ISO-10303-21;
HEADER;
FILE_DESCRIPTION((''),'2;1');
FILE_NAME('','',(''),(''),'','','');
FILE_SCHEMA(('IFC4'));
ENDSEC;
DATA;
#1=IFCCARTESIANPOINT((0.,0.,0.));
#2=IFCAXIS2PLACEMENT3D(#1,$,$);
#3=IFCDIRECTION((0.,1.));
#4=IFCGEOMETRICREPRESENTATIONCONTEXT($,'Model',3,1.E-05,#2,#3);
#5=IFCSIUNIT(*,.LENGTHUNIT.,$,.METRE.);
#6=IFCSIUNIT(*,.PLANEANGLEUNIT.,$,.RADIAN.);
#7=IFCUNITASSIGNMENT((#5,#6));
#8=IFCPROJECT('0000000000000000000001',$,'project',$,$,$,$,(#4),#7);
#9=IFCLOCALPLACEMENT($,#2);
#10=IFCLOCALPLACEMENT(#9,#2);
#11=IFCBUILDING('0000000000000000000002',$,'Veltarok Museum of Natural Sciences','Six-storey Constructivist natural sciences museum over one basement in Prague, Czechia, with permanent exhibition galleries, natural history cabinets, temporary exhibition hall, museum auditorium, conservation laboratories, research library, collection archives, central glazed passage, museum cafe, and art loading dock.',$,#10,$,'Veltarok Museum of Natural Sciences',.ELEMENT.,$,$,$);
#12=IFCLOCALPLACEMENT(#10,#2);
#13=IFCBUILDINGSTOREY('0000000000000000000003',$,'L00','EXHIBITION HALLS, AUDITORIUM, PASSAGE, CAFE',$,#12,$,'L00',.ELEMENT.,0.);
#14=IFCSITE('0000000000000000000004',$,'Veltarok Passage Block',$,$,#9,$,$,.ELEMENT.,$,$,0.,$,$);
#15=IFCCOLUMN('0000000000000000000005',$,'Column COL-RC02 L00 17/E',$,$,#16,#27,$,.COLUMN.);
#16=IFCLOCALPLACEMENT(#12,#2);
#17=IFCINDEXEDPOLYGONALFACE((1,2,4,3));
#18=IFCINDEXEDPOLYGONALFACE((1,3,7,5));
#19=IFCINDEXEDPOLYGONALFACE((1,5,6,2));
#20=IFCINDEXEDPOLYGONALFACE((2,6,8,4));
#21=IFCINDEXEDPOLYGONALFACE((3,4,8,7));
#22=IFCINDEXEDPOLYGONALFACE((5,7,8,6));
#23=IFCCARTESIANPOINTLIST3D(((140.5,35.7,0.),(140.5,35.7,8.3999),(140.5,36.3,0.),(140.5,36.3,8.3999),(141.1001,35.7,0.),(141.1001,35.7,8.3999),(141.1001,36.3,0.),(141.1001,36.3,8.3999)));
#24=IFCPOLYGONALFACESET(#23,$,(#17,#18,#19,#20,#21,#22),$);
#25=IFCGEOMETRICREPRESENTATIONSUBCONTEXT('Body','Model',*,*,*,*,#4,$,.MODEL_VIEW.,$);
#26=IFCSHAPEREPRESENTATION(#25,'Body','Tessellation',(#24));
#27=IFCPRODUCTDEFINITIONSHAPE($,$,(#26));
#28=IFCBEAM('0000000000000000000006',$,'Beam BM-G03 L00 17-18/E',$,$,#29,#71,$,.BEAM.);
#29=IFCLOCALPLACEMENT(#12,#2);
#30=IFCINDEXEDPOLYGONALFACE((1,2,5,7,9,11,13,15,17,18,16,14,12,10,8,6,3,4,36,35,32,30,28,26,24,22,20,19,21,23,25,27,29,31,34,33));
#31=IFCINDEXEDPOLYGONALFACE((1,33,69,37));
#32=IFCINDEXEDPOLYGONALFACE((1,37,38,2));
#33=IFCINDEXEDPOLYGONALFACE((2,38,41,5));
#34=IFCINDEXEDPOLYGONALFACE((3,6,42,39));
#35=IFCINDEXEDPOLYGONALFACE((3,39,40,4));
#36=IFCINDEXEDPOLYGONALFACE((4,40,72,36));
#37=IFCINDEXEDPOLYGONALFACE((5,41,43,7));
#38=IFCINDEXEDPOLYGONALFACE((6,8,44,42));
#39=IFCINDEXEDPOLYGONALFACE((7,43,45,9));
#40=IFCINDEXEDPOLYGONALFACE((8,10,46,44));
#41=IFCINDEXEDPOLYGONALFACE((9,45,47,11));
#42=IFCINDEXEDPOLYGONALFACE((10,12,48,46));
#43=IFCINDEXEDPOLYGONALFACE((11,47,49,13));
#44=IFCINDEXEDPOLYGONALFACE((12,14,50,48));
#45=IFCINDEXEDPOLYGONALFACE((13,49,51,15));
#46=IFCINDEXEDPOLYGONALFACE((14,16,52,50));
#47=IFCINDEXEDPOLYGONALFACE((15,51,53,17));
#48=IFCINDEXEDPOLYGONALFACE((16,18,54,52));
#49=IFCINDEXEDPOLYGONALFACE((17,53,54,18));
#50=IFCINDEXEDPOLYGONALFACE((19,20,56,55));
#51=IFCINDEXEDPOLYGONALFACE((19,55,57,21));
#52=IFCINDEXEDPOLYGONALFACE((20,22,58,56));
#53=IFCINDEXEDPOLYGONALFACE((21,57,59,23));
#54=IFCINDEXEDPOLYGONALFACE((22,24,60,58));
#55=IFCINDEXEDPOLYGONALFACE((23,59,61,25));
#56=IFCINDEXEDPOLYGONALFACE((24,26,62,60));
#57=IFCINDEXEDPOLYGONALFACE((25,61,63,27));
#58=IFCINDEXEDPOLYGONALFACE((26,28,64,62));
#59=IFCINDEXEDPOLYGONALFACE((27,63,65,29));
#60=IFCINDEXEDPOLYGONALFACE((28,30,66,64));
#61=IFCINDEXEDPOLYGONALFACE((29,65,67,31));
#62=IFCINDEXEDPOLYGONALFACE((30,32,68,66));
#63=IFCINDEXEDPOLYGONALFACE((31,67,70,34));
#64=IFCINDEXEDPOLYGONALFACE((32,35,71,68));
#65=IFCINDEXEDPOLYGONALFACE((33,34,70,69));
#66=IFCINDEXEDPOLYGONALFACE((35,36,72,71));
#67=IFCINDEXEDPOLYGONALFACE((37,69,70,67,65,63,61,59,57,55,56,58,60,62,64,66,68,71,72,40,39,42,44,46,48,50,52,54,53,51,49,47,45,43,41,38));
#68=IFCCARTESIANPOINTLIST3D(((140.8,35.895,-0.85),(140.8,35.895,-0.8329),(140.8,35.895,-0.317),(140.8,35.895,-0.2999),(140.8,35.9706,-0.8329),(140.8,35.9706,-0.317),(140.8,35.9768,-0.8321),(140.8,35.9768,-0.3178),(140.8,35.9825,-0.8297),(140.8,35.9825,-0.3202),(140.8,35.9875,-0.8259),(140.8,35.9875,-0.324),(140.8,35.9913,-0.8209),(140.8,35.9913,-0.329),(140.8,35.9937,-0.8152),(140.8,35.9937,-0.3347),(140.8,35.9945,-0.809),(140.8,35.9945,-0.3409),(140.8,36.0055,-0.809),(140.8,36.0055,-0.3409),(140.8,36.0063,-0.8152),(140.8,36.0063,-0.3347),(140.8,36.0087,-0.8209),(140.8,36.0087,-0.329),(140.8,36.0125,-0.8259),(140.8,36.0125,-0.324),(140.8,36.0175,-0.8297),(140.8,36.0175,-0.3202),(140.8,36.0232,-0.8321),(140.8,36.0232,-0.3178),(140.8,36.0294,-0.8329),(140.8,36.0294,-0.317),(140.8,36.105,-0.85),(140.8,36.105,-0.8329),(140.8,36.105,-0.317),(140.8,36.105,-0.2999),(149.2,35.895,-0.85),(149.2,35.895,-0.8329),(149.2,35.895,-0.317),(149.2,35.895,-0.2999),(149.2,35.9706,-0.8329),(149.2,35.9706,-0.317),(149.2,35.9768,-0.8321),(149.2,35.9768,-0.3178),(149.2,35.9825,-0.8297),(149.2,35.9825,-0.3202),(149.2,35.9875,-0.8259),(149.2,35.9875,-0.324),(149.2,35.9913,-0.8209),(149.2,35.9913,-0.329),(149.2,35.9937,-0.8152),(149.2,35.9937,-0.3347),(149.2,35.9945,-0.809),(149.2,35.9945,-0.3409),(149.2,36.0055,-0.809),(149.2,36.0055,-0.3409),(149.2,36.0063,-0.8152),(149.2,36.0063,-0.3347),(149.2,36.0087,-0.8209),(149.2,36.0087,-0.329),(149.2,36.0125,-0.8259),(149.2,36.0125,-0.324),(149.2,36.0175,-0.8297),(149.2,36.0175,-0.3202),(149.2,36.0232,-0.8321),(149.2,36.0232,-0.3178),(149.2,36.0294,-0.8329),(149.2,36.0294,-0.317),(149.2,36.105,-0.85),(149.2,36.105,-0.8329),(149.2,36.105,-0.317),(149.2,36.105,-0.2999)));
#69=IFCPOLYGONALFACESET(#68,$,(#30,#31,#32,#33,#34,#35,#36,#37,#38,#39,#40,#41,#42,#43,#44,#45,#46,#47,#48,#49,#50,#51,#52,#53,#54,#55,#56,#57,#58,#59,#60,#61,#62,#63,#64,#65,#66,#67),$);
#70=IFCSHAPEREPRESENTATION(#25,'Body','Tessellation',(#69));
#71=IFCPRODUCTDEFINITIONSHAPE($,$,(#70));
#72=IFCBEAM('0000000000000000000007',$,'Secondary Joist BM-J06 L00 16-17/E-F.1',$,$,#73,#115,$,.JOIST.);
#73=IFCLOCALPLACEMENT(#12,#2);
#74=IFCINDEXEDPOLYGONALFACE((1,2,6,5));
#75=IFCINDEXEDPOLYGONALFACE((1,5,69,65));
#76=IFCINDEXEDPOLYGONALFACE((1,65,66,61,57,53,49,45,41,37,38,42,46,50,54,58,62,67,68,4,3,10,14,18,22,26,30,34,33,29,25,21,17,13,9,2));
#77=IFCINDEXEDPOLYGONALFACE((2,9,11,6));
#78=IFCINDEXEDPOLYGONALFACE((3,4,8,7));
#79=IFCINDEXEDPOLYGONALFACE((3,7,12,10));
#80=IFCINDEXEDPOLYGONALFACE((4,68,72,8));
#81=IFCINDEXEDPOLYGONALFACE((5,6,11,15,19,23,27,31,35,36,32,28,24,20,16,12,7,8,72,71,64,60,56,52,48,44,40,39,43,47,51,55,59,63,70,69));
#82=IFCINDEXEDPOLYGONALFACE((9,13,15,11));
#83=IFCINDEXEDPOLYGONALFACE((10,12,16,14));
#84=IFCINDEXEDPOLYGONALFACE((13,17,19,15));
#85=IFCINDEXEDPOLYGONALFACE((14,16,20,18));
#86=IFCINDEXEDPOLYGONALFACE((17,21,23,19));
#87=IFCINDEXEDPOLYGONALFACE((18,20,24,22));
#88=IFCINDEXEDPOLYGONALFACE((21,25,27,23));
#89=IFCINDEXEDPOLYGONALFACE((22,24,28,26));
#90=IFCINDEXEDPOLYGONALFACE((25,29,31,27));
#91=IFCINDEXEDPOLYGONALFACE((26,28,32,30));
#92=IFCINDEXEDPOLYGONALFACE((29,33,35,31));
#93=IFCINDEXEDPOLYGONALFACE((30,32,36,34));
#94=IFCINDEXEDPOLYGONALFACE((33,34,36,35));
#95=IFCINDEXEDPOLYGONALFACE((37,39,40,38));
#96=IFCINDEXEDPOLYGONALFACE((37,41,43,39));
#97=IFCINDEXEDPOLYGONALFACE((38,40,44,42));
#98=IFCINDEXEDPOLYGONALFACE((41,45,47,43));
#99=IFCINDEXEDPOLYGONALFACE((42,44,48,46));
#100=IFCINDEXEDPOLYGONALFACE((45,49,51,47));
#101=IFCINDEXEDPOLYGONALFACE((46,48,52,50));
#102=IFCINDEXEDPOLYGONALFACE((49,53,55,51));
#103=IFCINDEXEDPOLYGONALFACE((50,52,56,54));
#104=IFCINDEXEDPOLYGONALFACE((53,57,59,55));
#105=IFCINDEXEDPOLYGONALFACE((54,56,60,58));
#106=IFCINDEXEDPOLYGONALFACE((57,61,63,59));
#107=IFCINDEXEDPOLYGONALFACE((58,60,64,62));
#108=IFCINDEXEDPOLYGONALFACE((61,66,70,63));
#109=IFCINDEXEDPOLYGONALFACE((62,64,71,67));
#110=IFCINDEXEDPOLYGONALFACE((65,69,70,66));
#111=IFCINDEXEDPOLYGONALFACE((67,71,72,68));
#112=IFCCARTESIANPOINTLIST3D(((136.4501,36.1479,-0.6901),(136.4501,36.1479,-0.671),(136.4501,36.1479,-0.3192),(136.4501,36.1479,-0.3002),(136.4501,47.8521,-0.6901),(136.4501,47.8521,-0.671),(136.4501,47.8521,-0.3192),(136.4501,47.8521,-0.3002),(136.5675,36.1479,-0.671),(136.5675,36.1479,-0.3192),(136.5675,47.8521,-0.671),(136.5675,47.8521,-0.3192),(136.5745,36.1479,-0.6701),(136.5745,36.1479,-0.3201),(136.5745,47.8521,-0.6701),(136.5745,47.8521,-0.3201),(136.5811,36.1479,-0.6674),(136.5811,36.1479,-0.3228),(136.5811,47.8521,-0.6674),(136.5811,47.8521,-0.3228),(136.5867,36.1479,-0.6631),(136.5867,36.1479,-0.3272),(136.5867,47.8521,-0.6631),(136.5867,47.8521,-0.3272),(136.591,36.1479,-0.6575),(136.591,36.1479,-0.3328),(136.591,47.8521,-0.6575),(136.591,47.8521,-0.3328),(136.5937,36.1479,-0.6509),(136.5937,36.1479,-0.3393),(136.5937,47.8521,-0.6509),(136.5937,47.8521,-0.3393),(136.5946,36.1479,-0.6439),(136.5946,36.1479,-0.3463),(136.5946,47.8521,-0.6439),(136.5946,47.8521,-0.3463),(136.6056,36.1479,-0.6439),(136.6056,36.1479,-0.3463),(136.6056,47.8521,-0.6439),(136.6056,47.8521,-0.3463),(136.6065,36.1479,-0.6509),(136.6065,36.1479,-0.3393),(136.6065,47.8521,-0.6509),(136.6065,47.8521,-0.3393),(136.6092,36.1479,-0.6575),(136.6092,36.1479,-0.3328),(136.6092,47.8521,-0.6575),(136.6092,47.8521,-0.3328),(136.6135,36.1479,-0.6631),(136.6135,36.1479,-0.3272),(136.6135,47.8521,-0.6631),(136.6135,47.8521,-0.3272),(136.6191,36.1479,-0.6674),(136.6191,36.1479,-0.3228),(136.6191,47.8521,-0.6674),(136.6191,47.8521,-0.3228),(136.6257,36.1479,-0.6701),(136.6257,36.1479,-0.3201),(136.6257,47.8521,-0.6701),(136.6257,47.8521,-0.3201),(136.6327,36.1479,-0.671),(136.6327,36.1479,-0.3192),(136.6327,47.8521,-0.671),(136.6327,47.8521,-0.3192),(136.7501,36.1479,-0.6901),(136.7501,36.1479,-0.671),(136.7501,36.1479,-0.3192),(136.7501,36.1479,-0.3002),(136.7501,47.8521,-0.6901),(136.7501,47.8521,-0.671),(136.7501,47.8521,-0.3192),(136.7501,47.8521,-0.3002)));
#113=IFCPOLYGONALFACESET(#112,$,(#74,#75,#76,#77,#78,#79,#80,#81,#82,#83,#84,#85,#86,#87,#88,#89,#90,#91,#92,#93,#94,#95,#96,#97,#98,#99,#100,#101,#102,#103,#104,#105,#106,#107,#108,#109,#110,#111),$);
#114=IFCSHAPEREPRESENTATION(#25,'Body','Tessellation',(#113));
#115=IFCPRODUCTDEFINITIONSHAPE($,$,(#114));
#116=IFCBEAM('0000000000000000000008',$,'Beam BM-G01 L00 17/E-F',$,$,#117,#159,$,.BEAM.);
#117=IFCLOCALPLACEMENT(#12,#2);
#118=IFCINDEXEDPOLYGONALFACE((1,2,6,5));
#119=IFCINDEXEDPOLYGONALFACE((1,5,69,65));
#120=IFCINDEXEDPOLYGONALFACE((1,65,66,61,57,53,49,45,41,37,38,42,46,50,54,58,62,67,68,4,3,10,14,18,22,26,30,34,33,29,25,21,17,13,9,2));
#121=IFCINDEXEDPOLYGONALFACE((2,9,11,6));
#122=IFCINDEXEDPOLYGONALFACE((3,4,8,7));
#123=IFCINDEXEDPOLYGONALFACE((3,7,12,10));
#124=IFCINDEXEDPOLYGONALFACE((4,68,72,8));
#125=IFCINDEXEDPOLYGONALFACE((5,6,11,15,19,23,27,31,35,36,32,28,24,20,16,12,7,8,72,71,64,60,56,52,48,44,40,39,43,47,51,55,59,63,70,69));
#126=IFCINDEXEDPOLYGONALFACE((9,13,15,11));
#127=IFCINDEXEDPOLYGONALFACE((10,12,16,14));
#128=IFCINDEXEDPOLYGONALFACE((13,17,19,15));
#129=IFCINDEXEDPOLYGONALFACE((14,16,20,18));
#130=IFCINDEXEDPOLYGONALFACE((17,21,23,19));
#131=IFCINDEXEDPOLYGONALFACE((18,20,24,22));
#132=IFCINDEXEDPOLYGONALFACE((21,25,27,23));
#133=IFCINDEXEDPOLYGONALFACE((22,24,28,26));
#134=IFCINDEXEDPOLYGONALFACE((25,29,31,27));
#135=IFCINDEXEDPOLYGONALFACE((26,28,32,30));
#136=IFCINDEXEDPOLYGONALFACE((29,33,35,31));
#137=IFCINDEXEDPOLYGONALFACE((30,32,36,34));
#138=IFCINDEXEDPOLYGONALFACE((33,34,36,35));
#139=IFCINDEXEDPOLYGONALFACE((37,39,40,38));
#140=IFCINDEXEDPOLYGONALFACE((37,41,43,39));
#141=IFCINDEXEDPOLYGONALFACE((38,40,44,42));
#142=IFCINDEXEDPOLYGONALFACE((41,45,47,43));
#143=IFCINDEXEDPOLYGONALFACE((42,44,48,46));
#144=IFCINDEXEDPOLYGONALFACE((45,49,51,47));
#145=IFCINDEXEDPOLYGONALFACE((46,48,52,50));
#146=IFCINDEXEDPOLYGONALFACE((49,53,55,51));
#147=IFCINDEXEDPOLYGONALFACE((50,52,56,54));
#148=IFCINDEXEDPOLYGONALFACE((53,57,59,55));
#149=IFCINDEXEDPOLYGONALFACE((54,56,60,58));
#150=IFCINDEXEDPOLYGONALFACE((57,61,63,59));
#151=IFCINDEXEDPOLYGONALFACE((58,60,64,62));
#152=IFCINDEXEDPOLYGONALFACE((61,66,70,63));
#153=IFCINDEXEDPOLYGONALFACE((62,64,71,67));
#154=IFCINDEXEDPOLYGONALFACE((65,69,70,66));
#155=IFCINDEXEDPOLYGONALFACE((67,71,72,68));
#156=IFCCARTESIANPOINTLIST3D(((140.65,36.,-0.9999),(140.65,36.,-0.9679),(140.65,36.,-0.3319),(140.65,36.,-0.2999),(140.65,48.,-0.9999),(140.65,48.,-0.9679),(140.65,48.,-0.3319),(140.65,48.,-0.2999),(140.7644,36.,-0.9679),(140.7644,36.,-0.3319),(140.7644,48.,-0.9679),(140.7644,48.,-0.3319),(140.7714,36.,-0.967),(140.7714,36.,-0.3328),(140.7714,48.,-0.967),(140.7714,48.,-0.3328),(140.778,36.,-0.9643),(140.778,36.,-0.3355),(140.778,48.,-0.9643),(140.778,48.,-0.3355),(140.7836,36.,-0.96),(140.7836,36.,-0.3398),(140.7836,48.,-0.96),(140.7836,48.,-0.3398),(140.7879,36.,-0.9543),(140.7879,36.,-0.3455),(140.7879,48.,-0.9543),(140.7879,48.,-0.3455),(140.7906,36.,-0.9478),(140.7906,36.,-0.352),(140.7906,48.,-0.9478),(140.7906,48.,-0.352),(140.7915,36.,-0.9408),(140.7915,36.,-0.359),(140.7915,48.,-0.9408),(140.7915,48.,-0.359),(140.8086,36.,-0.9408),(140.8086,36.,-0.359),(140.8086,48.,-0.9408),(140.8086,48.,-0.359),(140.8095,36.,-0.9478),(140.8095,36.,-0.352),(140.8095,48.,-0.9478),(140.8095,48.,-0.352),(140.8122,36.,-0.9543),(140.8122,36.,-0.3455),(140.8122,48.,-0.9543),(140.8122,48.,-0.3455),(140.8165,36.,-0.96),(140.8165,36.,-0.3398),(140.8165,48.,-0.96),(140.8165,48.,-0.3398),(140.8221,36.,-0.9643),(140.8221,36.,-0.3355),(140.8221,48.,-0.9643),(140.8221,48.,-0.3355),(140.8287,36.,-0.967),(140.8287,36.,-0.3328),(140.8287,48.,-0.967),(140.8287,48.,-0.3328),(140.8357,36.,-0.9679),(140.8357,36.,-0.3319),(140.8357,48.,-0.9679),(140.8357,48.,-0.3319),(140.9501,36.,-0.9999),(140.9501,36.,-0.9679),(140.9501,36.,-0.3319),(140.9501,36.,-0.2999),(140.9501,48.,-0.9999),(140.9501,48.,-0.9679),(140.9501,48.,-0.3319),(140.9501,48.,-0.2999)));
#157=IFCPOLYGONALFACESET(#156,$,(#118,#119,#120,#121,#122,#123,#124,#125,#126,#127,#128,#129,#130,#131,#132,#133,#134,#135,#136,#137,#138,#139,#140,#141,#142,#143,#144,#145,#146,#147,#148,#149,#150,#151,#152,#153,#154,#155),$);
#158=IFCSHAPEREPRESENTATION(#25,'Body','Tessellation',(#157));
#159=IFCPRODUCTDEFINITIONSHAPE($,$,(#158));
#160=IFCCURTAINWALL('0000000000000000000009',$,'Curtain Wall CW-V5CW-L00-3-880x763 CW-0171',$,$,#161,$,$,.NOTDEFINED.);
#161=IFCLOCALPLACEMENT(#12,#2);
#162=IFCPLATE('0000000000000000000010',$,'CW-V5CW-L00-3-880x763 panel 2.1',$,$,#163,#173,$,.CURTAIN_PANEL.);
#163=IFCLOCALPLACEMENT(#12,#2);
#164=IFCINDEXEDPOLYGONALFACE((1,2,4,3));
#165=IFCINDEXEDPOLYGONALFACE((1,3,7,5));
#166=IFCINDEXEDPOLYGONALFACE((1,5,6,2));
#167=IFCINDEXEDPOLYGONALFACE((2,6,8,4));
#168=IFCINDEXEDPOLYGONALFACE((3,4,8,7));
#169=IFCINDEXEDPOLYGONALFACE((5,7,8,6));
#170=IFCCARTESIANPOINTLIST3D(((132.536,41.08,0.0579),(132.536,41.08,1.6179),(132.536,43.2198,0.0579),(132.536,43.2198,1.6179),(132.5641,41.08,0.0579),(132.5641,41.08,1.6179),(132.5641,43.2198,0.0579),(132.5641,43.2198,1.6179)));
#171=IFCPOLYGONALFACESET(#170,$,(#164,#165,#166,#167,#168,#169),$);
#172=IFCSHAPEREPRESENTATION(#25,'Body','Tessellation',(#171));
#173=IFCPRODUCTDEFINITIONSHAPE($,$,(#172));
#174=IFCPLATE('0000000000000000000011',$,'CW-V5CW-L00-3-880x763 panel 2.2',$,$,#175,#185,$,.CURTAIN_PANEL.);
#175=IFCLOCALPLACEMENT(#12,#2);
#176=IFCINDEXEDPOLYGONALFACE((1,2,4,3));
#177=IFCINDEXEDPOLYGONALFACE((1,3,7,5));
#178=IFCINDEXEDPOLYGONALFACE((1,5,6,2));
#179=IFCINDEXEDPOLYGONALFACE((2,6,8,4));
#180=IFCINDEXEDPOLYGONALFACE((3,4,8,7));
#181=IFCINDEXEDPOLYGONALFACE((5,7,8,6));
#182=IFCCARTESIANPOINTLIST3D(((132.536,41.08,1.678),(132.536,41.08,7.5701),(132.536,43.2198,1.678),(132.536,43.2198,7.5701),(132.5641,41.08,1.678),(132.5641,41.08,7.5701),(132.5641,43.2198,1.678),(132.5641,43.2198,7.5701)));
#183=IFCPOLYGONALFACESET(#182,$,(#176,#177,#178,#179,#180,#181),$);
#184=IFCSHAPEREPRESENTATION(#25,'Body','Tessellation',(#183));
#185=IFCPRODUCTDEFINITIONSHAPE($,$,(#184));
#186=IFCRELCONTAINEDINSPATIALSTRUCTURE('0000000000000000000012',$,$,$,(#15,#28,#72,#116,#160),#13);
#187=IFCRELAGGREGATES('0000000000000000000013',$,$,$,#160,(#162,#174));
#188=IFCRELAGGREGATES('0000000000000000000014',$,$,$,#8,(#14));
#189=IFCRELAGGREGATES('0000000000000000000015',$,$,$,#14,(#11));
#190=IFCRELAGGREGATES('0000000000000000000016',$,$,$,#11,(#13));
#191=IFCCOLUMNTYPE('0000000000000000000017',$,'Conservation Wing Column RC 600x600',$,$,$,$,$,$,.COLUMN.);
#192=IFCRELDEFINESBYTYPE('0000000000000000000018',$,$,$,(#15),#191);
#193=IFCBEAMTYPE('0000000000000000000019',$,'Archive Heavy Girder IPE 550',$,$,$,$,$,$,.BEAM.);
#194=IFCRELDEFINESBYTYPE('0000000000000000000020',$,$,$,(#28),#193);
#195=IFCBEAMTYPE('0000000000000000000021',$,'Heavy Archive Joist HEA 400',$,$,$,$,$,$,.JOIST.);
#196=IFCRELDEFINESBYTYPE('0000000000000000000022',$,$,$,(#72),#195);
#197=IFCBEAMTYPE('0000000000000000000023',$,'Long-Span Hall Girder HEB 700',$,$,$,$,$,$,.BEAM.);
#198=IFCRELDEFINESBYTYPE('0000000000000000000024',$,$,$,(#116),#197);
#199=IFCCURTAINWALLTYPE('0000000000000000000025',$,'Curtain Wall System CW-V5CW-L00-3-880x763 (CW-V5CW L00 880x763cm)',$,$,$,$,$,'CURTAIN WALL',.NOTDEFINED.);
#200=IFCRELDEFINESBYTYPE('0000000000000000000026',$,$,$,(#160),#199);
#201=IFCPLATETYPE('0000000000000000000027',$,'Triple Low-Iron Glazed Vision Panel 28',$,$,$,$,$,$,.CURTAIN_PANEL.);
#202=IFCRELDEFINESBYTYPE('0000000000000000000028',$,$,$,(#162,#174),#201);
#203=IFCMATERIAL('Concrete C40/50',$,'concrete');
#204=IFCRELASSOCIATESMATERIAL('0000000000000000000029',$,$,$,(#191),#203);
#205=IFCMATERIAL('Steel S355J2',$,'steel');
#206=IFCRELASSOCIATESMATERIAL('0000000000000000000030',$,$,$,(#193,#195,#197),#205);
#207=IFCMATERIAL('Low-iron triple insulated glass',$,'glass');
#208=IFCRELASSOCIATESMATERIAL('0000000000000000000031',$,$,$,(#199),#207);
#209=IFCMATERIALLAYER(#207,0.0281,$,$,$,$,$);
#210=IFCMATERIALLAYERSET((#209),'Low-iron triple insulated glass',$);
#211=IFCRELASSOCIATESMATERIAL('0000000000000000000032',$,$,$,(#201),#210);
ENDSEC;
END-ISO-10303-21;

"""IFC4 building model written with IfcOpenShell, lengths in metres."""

from ifc_helpers import new_model, si_unit, direction, frame, origin, origin_2d, place, context, subcontext, project, spatial, rectangle, i_section, extrude, material, layer, layer_set, material_profile, profile_set, type_object, element, aggregate, save


model = new_model("IFC4")

# Units and contexts
model_context = context("Model", 3, precision=1e-05, world=origin(), true_north=direction((0.0, 1.0)))
body_context = subcontext(model_context, "Body", "Model", "MODEL_VIEW")
ifc_project = project(units=[si_unit("LENGTHUNIT", "METRE"), si_unit("PLANEANGLEUNIT", "RADIAN")], contexts=[model_context])

# Site, building, storey
site_placement = place(None, origin())
site = spatial("IfcSite", under=ifc_project, at=site_placement, Name="Veltarok Passage Block", CompositionType="ELEMENT", RefElevation=0.0)
building_placement = place(site_placement, origin())
building = spatial("IfcBuilding", under=site, at=building_placement, Name="Veltarok Museum of Natural Sciences", Description="Six-storey Constructivist natural sciences museum over one basement in Prague, Czechia, with permanent exhibition galleries, natural history cabinets, temporary exhibition hall, museum auditorium, conservation laboratories, research library, collection archives, central glazed passage, museum cafe, and art loading dock.", LongName="Veltarok Museum of Natural Sciences", CompositionType="ELEMENT")
storey_placement = place(building_placement, origin())
storey = spatial("IfcBuildingStorey", under=building, at=storey_placement, Name="L00", Description="EXHIBITION HALLS, AUDITORIUM, PASSAGE, CAFE", LongName="L00", CompositionType="ELEMENT", Elevation=0.0)

# Column
ifc_material_1 = material(Name="Concrete C40/50", Category="concrete")
ifc_material_profile_1 = material_profile(ifc_material_1, rectangle(XDim=0.6001, YDim=0.6001, at=origin_2d()), Name="RC 600x600")
ifc_profile_set_1 = profile_set([ifc_material_profile_1], Name="Concrete C40/50")
column_type = type_object("IfcColumnType", Name="Conservation Wing Column RC 600x600", PredefinedType="COLUMN", material=ifc_profile_set_1)
column_placement = place(storey_placement, frame((140.8, 36.0, 0.0), z_axis=(0.0, 0.0, 1.0), x_axis=(1.0, 0.0, 0.0)))
element("IfcColumn", 1, at=column_placement, inside=storey, type_object=column_type, Name="Column COL-RC02 L00 17/E", PredefinedType="COLUMN", context=body_context, shape_type="SweptSolid", body=[
    extrude(rectangle(XDim=0.6001, YDim=0.6001, at=origin_2d()), origin(), (0.0, 0.0, 1.0), 8.3999),
])

# Beams
ifc_material_2 = material(Name="Steel S355J2", Category="steel")
ifc_material_profile_2 = material_profile(ifc_material_2, i_section(OverallWidth=0.21, OverallDepth=0.55, WebThickness=0.011, FlangeThickness=0.0171, FilletRadius=0.0239, at=origin_2d()), Name="IPE 550")
ifc_profile_set_2 = profile_set([ifc_material_profile_2], Name="Steel S355J2")
beam_type_1 = type_object("IfcBeamType", Name="Archive Heavy Girder IPE 550", PredefinedType="BEAM", material=ifc_profile_set_2)
beam_1_placement = place(storey_placement, frame((140.8, 36.0, -0.575), z_axis=(1.0, 0.0, 0.0), x_axis=(0.0, 1.0, 0.0)))
element("IfcBeam", 2, at=beam_1_placement, inside=storey, type_object=beam_type_1, Name="Beam BM-G03 L00 17-18/E", PredefinedType="BEAM", context=body_context, shape_type="SweptSolid", body=[
    extrude(i_section(OverallWidth=0.21, OverallDepth=0.55, WebThickness=0.011, FlangeThickness=0.0171, FilletRadius=0.0239, at=origin_2d()), origin(), (0.0, 0.0, 1.0), 8.3999),
])
ifc_material_profile_3 = material_profile(ifc_material_2, i_section(OverallWidth=0.3, OverallDepth=0.3899, WebThickness=0.011, FlangeThickness=0.019, FilletRadius=0.0271, at=origin_2d()), Name="HEA 400")
ifc_profile_set_3 = profile_set([ifc_material_profile_3], Name="Steel S355J2")
beam_type_2 = type_object("IfcBeamType", Name="Heavy Archive Joist HEA 400", PredefinedType="JOIST", material=ifc_profile_set_3)
beam_2_placement = place(storey_placement, frame((136.6001, 36.1479, -0.4951), z_axis=(0.0, 1.0, 0.0), x_axis=(-1.0, 0.0, 0.0)))
element("IfcBeam", 3, at=beam_2_placement, inside=storey, type_object=beam_type_2, Name="Secondary Joist BM-J06 L00 16-17/E-F.1", PredefinedType="JOIST", context=body_context, shape_type="SweptSolid", body=[
    extrude(i_section(OverallWidth=0.3, OverallDepth=0.3899, WebThickness=0.011, FlangeThickness=0.019, FilletRadius=0.0271, at=origin_2d()), origin(), (0.0, 0.0, 1.0), 11.7041),
])
ifc_material_profile_4 = material_profile(ifc_material_2, i_section(OverallWidth=0.3, OverallDepth=0.7, WebThickness=0.0171, FlangeThickness=0.032, FilletRadius=0.0271, at=origin_2d()), Name="HEB 700")
ifc_profile_set_4 = profile_set([ifc_material_profile_4], Name="Steel S355J2")
beam_type_3 = type_object("IfcBeamType", Name="Long-Span Hall Girder HEB 700", PredefinedType="BEAM", material=ifc_profile_set_4)
beam_3_placement = place(storey_placement, frame((140.8, 36.0, -0.6499), z_axis=(0.0, 1.0, 0.0), x_axis=(-1.0, 0.0, 0.0)))
element("IfcBeam", 4, at=beam_3_placement, inside=storey, type_object=beam_type_3, Name="Beam BM-G01 L00 17/E-F", PredefinedType="BEAM", context=body_context, shape_type="SweptSolid", body=[
    extrude(i_section(OverallWidth=0.3, OverallDepth=0.7, WebThickness=0.0171, FlangeThickness=0.032, FilletRadius=0.0271, at=origin_2d()), origin(), (0.0, 0.0, 1.0), 12.0),
])

# Curtain wall, plates
ifc_material_3 = material(Name="Low-iron triple insulated glass", Category="glass")
curtain_wall_type = type_object("IfcCurtainWallType", Name="Curtain Wall System CW-V5CW-L00-3-880x763 (CW-V5CW L00 880x763cm)", ElementType="CURTAIN WALL", PredefinedType="NOTDEFINED", material=ifc_material_3)
curtain_wall_placement = place(storey_placement, origin())
curtain_wall = element("IfcCurtainWall", 5, at=curtain_wall_placement, inside=storey, type_object=curtain_wall_type, Name="Curtain Wall CW-V5CW-L00-3-880x763 CW-0171", PredefinedType="NOTDEFINED")
ifc_layer_1 = layer(ifc_material_3, 0.0281)
ifc_layer_set_1 = layer_set([ifc_layer_1], Name="Low-iron triple insulated glass")
plate_type = type_object("IfcPlateType", Name="Triple Low-Iron Glazed Vision Panel 28", PredefinedType="CURTAIN_PANEL", material=ifc_layer_set_1)
plate_1_placement = place(storey_placement, frame((132.55, 42.1499, 0.0579), z_axis=(0.0, 0.0, 1.0), x_axis=(0.0, 1.0, 0.0)))
plate_1 = element("IfcPlate", 6, at=plate_1_placement, type_object=plate_type, Name="CW-V5CW-L00-3-880x763 panel 2.1", PredefinedType="CURTAIN_PANEL", context=body_context, shape_type="SweptSolid", body=[
    extrude(rectangle(XDim=2.1399, YDim=0.0281, at=origin_2d()), origin(), (0.0, 0.0, 1.0), 1.5601),
])
plate_2_placement = place(storey_placement, frame((132.55, 42.1499, 1.678), z_axis=(0.0, 0.0, 1.0), x_axis=(0.0, 1.0, 0.0)))
plate_2 = element("IfcPlate", 7, at=plate_2_placement, type_object=plate_type, Name="CW-V5CW-L00-3-880x763 panel 2.2", PredefinedType="CURTAIN_PANEL", context=body_context, shape_type="SweptSolid", body=[
    extrude(rectangle(XDim=2.1399, YDim=0.0281, at=origin_2d()), origin(), (0.0, 0.0, 1.0), 5.8921),
])
aggregate(curtain_wall, [plate_1, plate_2])

save(model, "model.ifc")
